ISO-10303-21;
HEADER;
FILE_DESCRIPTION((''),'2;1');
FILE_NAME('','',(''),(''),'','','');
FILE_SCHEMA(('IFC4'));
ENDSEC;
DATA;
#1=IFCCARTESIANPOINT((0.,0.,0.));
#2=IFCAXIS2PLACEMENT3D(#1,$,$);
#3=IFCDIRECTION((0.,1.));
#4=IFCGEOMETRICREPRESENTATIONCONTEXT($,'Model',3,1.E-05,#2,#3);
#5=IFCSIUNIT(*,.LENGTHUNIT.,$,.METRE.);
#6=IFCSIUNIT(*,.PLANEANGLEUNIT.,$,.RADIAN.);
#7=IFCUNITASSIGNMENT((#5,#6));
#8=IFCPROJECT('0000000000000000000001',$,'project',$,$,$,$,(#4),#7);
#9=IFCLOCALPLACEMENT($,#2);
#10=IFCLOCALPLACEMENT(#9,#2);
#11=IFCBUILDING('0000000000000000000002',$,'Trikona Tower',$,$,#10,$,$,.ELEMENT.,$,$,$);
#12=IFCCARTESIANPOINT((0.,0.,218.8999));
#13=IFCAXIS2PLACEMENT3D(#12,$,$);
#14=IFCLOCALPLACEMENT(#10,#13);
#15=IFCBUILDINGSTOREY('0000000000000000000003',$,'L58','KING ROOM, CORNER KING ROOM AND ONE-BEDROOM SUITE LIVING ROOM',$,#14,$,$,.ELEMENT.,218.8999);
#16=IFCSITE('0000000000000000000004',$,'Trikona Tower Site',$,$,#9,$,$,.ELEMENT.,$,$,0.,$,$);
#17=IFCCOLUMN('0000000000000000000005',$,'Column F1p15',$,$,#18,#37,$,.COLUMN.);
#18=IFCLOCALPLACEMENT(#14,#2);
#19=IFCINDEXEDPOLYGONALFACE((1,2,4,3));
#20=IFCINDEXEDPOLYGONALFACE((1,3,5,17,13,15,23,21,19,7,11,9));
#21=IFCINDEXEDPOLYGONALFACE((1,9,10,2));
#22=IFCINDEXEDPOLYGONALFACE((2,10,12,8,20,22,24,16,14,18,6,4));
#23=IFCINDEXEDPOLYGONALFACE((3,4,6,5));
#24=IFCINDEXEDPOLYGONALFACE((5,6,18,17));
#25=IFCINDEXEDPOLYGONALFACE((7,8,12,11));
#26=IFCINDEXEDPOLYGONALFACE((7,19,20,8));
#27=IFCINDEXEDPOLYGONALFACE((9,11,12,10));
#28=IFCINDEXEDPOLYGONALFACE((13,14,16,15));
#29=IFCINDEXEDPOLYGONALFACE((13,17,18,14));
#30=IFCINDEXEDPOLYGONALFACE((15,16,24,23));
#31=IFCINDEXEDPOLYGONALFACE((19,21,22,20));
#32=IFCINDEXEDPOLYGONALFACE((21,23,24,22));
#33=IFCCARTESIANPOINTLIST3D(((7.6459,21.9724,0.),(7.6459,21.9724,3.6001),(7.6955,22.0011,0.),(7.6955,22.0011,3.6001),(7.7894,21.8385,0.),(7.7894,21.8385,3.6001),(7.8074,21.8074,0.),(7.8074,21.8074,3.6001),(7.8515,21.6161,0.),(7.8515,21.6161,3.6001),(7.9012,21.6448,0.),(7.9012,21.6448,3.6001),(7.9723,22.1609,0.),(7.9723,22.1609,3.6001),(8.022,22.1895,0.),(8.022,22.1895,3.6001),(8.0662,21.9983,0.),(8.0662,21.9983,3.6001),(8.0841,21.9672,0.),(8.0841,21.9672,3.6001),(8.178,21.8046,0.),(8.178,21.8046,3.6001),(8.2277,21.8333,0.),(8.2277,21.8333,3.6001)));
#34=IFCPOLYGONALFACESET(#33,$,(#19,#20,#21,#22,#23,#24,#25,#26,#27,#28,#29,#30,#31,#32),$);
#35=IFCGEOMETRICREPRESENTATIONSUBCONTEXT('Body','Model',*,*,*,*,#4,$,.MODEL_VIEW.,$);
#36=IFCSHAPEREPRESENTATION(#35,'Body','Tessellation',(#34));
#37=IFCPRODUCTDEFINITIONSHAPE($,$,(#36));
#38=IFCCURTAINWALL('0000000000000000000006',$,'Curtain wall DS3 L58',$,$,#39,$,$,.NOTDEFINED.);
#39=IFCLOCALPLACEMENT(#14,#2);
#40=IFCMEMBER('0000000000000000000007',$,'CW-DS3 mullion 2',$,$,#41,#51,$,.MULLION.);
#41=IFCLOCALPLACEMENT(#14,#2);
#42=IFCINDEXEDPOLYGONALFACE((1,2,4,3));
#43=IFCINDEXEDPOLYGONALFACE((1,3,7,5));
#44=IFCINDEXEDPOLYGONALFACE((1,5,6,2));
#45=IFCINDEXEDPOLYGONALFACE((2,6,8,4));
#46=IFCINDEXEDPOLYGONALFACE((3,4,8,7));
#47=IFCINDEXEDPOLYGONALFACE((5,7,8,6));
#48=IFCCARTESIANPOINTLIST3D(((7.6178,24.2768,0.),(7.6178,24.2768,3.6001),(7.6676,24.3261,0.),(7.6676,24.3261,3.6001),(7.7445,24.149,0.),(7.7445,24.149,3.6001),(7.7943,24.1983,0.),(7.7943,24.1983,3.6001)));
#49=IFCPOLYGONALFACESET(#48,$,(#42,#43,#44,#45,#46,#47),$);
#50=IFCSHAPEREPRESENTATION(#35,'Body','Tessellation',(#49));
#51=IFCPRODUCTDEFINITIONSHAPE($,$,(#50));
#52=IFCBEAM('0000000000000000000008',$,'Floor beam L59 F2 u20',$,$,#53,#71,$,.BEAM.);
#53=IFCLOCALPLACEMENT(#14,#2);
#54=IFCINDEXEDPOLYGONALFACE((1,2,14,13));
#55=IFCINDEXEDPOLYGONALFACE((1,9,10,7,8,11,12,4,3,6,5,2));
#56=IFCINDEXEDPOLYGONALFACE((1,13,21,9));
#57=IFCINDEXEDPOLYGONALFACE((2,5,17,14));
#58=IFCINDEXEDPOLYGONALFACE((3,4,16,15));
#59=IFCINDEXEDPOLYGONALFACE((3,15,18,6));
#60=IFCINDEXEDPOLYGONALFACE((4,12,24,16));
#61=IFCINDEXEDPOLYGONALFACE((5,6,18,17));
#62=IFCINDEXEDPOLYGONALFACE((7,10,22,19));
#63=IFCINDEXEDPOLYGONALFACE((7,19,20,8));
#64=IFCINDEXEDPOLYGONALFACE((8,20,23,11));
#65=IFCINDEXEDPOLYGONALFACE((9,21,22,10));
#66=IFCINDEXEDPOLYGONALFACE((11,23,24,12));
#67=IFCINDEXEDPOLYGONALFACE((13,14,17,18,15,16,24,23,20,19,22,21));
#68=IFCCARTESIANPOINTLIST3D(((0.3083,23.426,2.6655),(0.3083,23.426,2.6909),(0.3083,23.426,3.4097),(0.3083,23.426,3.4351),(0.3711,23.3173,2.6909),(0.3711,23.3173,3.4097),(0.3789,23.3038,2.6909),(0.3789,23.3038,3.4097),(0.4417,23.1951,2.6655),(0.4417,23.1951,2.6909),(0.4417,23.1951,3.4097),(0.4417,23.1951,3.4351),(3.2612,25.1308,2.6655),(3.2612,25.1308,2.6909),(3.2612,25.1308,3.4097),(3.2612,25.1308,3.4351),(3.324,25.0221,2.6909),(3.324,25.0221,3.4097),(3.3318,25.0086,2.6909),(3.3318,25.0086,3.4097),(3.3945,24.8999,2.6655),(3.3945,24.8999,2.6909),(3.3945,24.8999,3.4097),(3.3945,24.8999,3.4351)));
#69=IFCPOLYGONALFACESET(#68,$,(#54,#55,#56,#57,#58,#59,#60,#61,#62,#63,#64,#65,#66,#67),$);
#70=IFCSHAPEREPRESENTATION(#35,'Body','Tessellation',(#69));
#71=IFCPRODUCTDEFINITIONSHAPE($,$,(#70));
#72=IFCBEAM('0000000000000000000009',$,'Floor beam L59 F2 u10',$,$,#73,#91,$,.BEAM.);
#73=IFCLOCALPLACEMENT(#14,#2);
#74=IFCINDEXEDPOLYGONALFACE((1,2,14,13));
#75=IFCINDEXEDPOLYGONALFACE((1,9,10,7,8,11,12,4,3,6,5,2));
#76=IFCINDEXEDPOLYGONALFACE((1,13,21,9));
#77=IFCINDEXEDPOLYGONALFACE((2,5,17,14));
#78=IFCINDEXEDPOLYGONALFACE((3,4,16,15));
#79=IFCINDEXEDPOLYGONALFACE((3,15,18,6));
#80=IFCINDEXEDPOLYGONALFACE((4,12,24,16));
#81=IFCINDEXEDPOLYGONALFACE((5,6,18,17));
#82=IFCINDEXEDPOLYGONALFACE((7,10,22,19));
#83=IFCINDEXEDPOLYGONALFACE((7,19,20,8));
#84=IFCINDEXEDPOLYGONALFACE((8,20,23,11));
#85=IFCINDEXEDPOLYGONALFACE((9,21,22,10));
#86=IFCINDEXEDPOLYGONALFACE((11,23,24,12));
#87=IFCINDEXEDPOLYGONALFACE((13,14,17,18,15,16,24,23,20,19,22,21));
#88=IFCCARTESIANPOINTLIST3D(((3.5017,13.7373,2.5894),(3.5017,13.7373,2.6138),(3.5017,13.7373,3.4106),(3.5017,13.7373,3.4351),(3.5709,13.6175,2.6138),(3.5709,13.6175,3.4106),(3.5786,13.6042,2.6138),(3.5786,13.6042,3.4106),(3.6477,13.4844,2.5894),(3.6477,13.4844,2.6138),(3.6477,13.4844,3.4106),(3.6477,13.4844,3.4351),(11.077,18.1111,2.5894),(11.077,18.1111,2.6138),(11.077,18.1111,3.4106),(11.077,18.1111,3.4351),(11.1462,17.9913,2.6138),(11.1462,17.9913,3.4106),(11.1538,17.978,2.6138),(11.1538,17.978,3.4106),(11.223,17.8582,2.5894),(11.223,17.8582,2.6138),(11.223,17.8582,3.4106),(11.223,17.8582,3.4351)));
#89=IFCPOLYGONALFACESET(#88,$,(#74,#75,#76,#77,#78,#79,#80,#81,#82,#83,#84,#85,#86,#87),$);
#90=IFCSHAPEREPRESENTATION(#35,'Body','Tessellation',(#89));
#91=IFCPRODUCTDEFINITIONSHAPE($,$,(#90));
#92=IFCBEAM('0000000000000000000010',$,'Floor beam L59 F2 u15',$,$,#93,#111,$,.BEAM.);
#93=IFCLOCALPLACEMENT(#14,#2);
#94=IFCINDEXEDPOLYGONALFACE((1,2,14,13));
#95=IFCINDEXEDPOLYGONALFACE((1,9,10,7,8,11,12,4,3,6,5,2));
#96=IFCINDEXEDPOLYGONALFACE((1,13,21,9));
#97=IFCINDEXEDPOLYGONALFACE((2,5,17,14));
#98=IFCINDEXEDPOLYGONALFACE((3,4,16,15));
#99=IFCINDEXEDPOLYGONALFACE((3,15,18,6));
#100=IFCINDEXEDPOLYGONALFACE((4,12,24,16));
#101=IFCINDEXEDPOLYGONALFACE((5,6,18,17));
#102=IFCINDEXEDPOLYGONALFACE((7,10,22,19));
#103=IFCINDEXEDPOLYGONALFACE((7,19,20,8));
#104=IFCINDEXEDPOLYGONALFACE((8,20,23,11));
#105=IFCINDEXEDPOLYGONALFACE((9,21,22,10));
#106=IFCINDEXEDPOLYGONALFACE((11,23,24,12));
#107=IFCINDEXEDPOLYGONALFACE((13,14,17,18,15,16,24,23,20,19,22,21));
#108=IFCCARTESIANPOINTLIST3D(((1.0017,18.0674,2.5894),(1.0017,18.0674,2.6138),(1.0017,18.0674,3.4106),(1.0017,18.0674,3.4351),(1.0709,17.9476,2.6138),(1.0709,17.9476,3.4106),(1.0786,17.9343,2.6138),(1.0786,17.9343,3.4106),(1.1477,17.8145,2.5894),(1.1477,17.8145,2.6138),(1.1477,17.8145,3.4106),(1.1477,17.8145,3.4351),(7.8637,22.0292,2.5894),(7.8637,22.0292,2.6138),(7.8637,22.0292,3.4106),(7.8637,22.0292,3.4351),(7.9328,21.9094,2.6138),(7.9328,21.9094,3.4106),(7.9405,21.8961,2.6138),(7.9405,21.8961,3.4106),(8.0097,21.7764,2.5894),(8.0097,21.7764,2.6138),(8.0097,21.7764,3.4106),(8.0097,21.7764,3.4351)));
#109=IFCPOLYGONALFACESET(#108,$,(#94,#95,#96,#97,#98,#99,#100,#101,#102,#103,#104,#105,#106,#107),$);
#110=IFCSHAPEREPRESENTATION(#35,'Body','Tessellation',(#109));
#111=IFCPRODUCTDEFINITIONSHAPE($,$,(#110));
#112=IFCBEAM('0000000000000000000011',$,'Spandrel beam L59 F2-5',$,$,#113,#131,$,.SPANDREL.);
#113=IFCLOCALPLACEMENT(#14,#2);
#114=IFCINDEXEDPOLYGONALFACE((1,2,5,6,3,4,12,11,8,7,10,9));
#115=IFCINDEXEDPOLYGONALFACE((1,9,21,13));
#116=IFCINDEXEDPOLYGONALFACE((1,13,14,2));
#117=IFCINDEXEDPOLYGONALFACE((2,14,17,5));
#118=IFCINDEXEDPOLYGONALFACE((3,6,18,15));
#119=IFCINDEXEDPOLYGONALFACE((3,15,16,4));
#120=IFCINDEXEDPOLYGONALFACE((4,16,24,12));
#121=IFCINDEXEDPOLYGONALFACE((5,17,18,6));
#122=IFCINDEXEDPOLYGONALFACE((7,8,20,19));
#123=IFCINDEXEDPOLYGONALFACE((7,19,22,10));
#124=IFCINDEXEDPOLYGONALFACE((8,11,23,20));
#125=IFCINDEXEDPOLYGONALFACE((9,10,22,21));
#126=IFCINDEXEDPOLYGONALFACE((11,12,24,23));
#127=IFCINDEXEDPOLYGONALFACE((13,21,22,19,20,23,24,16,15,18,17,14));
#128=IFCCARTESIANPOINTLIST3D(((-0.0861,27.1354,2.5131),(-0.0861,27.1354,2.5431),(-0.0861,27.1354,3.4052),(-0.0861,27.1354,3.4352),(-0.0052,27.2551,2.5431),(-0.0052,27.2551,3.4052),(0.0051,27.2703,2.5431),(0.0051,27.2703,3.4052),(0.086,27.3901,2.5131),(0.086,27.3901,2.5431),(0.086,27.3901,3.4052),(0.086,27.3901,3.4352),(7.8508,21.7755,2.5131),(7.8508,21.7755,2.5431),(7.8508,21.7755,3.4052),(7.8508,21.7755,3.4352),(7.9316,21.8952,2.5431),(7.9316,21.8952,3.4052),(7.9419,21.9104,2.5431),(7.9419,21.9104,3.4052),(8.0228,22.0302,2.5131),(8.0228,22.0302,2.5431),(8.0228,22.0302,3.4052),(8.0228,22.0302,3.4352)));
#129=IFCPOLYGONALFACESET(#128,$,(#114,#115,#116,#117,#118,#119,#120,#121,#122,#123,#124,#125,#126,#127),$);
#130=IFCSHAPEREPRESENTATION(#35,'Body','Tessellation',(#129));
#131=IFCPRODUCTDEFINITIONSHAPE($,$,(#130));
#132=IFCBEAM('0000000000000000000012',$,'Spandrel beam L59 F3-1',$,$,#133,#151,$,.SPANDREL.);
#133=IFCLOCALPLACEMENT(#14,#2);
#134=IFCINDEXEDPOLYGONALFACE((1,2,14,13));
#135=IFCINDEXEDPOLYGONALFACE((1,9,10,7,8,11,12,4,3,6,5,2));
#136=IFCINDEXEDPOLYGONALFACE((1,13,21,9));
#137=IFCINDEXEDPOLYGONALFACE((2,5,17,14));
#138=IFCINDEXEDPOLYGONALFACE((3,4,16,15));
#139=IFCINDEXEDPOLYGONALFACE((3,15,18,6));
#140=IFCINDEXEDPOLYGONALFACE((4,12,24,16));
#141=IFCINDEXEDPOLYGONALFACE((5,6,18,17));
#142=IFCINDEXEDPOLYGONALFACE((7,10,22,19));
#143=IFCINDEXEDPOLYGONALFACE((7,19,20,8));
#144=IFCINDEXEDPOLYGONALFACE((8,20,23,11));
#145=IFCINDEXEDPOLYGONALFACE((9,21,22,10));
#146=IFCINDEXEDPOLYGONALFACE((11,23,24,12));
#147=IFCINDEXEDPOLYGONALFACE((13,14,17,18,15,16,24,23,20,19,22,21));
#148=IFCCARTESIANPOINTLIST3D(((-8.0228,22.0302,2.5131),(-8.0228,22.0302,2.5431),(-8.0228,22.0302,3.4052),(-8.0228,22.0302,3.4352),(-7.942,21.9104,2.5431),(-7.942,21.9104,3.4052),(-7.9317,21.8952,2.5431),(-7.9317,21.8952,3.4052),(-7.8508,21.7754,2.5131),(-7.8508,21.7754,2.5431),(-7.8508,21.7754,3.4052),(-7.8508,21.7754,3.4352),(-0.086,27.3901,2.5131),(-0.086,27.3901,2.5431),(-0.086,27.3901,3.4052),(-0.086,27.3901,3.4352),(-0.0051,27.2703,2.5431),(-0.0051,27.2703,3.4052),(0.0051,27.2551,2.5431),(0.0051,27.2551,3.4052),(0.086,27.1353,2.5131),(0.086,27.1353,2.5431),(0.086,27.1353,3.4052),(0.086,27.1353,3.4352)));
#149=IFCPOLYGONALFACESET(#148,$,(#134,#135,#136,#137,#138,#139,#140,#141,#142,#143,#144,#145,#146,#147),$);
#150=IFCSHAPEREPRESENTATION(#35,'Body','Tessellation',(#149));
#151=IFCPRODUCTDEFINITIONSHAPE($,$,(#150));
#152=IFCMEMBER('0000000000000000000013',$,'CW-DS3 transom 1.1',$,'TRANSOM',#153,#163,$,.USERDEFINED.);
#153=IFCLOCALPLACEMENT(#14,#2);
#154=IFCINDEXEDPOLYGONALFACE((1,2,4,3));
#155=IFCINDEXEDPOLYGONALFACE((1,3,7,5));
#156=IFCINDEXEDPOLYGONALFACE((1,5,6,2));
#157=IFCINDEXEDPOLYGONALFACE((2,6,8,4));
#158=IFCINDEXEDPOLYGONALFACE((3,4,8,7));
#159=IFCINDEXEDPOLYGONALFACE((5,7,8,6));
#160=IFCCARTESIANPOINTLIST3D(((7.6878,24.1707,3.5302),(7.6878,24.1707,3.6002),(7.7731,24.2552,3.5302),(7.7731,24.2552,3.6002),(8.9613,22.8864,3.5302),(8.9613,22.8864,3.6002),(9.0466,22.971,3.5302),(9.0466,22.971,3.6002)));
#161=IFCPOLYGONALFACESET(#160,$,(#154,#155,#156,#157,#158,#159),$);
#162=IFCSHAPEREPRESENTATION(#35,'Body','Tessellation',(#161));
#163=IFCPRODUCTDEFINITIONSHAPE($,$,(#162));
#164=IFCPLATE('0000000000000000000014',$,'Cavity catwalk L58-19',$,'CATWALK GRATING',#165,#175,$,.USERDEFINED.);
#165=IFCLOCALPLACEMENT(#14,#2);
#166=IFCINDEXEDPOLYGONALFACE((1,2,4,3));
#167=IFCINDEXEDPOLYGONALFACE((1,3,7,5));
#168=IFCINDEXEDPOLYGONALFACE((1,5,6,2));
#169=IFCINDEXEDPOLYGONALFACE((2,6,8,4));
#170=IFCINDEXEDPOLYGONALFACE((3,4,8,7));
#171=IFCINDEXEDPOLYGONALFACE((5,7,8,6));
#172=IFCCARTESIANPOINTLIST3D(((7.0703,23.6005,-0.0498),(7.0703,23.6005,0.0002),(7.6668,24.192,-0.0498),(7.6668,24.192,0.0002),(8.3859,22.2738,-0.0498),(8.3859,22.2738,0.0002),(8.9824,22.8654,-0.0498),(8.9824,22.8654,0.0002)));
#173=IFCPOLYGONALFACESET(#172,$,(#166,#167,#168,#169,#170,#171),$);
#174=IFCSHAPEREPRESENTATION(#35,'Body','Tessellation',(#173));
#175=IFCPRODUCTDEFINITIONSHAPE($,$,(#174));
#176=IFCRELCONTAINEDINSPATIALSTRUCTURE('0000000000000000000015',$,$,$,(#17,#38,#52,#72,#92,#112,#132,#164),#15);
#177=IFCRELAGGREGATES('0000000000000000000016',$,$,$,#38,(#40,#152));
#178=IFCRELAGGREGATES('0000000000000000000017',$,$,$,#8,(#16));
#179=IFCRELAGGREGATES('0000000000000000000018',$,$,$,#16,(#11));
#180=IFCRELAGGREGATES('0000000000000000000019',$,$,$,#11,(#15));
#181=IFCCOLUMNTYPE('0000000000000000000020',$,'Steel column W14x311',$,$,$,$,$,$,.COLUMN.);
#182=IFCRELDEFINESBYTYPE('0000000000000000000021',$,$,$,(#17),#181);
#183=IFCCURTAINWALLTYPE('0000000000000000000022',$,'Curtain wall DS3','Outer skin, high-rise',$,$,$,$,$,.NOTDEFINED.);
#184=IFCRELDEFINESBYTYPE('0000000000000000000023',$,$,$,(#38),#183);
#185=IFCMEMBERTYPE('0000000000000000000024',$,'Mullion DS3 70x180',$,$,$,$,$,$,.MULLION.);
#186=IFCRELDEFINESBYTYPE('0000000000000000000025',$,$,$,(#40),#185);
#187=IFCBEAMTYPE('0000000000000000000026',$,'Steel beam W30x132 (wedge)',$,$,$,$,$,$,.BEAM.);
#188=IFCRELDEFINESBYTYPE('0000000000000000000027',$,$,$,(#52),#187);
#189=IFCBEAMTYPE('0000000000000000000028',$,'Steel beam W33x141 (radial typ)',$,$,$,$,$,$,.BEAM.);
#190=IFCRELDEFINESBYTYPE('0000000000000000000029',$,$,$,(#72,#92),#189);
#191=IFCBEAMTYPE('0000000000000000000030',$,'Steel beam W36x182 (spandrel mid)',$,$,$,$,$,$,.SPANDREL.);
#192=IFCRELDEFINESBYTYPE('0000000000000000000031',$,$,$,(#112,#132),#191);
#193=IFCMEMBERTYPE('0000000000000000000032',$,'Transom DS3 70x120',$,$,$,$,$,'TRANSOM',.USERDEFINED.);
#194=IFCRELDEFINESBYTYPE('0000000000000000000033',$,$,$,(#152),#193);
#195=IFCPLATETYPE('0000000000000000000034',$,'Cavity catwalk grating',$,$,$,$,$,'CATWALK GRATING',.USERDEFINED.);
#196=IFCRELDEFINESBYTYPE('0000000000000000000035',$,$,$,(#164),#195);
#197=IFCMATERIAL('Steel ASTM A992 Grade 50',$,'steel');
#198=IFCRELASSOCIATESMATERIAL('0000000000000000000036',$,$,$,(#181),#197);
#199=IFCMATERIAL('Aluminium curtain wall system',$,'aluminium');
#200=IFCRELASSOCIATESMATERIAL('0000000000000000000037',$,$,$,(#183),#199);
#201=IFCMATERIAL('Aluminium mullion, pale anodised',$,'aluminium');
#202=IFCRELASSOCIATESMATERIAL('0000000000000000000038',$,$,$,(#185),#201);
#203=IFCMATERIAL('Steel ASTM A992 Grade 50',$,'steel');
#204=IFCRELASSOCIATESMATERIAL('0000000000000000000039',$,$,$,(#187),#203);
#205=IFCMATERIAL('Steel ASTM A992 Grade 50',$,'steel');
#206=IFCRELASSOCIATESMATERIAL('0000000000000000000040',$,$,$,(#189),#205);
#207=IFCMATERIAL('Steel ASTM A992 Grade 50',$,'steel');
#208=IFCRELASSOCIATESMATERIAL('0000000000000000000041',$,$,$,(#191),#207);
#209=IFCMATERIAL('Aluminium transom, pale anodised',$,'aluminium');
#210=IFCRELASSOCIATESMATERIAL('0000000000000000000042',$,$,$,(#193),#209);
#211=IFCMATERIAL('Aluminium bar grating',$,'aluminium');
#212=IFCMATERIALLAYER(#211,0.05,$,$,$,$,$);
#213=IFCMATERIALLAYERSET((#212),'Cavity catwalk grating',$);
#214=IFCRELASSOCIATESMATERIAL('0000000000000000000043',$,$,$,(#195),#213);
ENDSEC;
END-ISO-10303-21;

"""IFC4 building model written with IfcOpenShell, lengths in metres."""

from ifc_helpers import new_model, si_unit, direction, frame, origin, origin_2d, place, context, subcontext, project, spatial, rectangle, i_section, extrude, material, layer, layer_set, material_profile, profile_set, type_object, element, aggregate, save


model = new_model("IFC4")

# Units and contexts
model_context = context("Model", 3, precision=1e-05, world=origin(), true_north=direction((0.0, 1.0)))
body_context = subcontext(model_context, "Body", "Model", "MODEL_VIEW")
ifc_project = project(units=[si_unit("LENGTHUNIT", "METRE"), si_unit("PLANEANGLEUNIT", "RADIAN")], contexts=[model_context])

# Site, building, storey
site_placement = place(None, origin())
site = spatial("IfcSite", under=ifc_project, at=site_placement, Name="Trikona Tower Site", CompositionType="ELEMENT", RefElevation=0.0)
building_placement = place(site_placement, origin())
building = spatial("IfcBuilding", under=site, at=building_placement, Name="Trikona Tower", CompositionType="ELEMENT")
storey_placement = place(building_placement, frame((0.0, 0.0, 218.8999)))
storey = spatial("IfcBuildingStorey", under=building, at=storey_placement, Name="L58", Description="KING ROOM, CORNER KING ROOM AND ONE-BEDROOM SUITE LIVING ROOM", CompositionType="ELEMENT", Elevation=218.8999)

# Column
ifc_material_1 = material(Name="Steel ASTM A992 Grade 50", Category="steel")
ifc_material_profile_1 = material_profile(ifc_material_1, i_section(OverallWidth=0.4114, OverallDepth=0.4343, WebThickness=0.0359, FlangeThickness=0.0574, at=origin_2d()), Name="W14X311")
ifc_profile_set_1 = profile_set([ifc_material_profile_1], Name="Steel ASTM A992 Grade 50")
column_type = type_object("IfcColumnType", Name="Steel column W14x311", PredefinedType="COLUMN", material=ifc_profile_set_1)
column_placement = place(storey_placement, frame((7.9368, 21.9028, 0.0), z_axis=(0.0, 0.0, 1.0), x_axis=(-0.5, 0.866025, 0.0)))
element("IfcColumn", 1, at=column_placement, inside=storey, type_object=column_type, Name="Column F1p15", PredefinedType="COLUMN", context=body_context, shape_type="SweptSolid", body=[
    extrude(i_section(OverallWidth=0.4114, OverallDepth=0.4343, WebThickness=0.0359, FlangeThickness=0.0574, at=origin_2d()), origin(), (0.0, 0.0, 1.0), 3.6001),
])

# Curtain wall, member
ifc_material_2 = material(Name="Aluminium curtain wall system", Category="aluminium")
curtain_wall_type = type_object("IfcCurtainWallType", Name="Curtain wall DS3", Description="Outer skin, high-rise", PredefinedType="NOTDEFINED", material=ifc_material_2)
curtain_wall_placement = place(storey_placement, origin())
curtain_wall = element("IfcCurtainWall", 2, at=curtain_wall_placement, inside=storey, type_object=curtain_wall_type, Name="Curtain wall DS3 L58", PredefinedType="NOTDEFINED")
ifc_material_3 = material(Name="Aluminium mullion, pale anodised", Category="aluminium")
ifc_material_profile_2 = material_profile(ifc_material_3, rectangle(XDim=0.0701, YDim=0.1799, at=origin_2d()), Name="MUL-DS3")
ifc_profile_set_2 = profile_set([ifc_material_profile_2], Name="Aluminium mullion, pale anodised")
member_type_1 = type_object("IfcMemberType", Name="Mullion DS3 70x180", PredefinedType="MULLION", material=ifc_profile_set_2)
member_1_placement = place(storey_placement, frame((7.7061, 24.2375, 0.0), z_axis=(0.0, 0.0, 1.0), x_axis=(-0.710052, -0.704149, 0.0)))
member_1 = element("IfcMember", 3, at=member_1_placement, type_object=member_type_1, Name="CW-DS3 mullion 2", PredefinedType="MULLION", context=body_context, shape_type="SweptSolid", body=[
    extrude(rectangle(XDim=0.0701, YDim=0.1799, at=origin_2d()), origin(), (0.0, 0.0, 1.0), 3.6001),
])

# Beams
ifc_material_4 = material(Name="Steel ASTM A992 Grade 50", Category="steel")
ifc_material_profile_3 = material_profile(ifc_material_4, i_section(OverallWidth=0.2666, OverallDepth=0.7695, WebThickness=0.0156, FlangeThickness=0.0254, at=origin_2d()), Name="W30X132")
ifc_profile_set_3 = profile_set([ifc_material_profile_3], Name="Steel ASTM A992 Grade 50")
beam_type_1 = type_object("IfcBeamType", Name="Steel beam W30x132 (wedge)", PredefinedType="BEAM", material=ifc_profile_set_3)
beam_1_placement = place(storey_placement, frame((0.375, 23.3105, 3.0503), z_axis=(0.866027, 0.499997, 0.0), x_axis=(-0.499997, 0.866027, 0.0)))
element("IfcBeam", 4, at=beam_1_placement, inside=storey, type_object=beam_type_1, Name="Floor beam L59 F2 u20", PredefinedType="BEAM", context=body_context, shape_type="SweptSolid", body=[
    extrude(i_section(OverallWidth=0.2666, OverallDepth=0.7695, WebThickness=0.0156, FlangeThickness=0.0254, at=origin_2d()), origin(), (0.0, 0.0, 1.0), 3.4097),
])
ifc_material_5 = material(Name="Steel ASTM A992 Grade 50", Category="steel")
ifc_material_profile_4 = material_profile(ifc_material_5, i_section(OverallWidth=0.292, OverallDepth=0.8457, WebThickness=0.0154, FlangeThickness=0.0244, at=origin_2d()), Name="W33X141")
ifc_profile_set_4 = profile_set([ifc_material_profile_4], Name="Steel ASTM A992 Grade 50")
beam_type_2 = type_object("IfcBeamType", Name="Steel beam W33x141 (radial typ)", PredefinedType="BEAM", material=ifc_profile_set_4)
beam_2_placement = place(storey_placement, frame((3.5747, 13.6108, 3.0122), z_axis=(0.866014, 0.50002, 0.0), x_axis=(-0.50002, 0.866014, 0.0)))
element("IfcBeam", 5, at=beam_2_placement, inside=storey, type_object=beam_type_2, Name="Floor beam L59 F2 u10", PredefinedType="BEAM", context=body_context, shape_type="SweptSolid", body=[
    extrude(i_section(OverallWidth=0.292, OverallDepth=0.8457, WebThickness=0.0154, FlangeThickness=0.0244, at=origin_2d()), origin(), (0.0, 0.0, 1.0), 8.7473),
])
beam_3_placement = place(storey_placement, frame((1.0747, 17.9409, 3.0122), z_axis=(0.86602, 0.50001, 0.0), x_axis=(-0.50001, 0.86602, 0.0)))
element("IfcBeam", 6, at=beam_3_placement, inside=storey, type_object=beam_type_2, Name="Floor beam L59 F2 u15", PredefinedType="BEAM", context=body_context, shape_type="SweptSolid", body=[
    extrude(i_section(OverallWidth=0.292, OverallDepth=0.8457, WebThickness=0.0154, FlangeThickness=0.0244, at=origin_2d()), origin(), (0.0, 0.0, 1.0), 7.9236),
])
ifc_material_6 = material(Name="Steel ASTM A992 Grade 50", Category="steel")
ifc_material_profile_5 = material_profile(ifc_material_6, i_section(OverallWidth=0.3074, OverallDepth=0.9221, WebThickness=0.0183, FlangeThickness=0.03, at=origin_2d()), Name="W36X182")
ifc_profile_set_5 = profile_set([ifc_material_profile_5], Name="Steel ASTM A992 Grade 50")
beam_type_3 = type_object("IfcBeamType", Name="Steel beam W36x182 (spandrel mid)", PredefinedType="SPANDREL", material=ifc_profile_set_5)
for number, where, z_axis, x_axis, name in (
    (7, (7.9368, 21.9028, 2.9741), (-0.828725, 0.559655, 0.0), (-0.559655, -0.828725, 0.0), "Spandrel beam L59 F2-5"),
    (8, (0.0, 27.2627, 2.9741), (-0.828725, -0.559655, 0.0), (0.559655, -0.828725, 0.0), "Spandrel beam L59 F3-1"),
):
    element("IfcBeam", number, at=place(storey_placement, frame(where, z_axis=z_axis, x_axis=x_axis)), inside=storey, type_object=beam_type_3, Name=name, PredefinedType="SPANDREL", context=body_context, shape_type="SweptSolid", body=[
        extrude(i_section(OverallWidth=0.3074, OverallDepth=0.9221, WebThickness=0.0183, FlangeThickness=0.03, at=origin_2d()), origin(), (0.0, 0.0, 1.0), 9.5771),
    ])

# Member
ifc_material_7 = material(Name="Aluminium transom, pale anodised", Category="aluminium")
ifc_material_profile_6 = material_profile(ifc_material_7, rectangle(XDim=0.1201, YDim=0.0701, at=origin_2d()), Name="TRN-DS3")
ifc_profile_set_6 = profile_set([ifc_material_profile_6], Name="Aluminium transom, pale anodised")
member_type_2 = type_object("IfcMemberType", Name="Transom DS3 70x120", ElementType="TRANSOM", PredefinedType="USERDEFINED", material=ifc_profile_set_6)
member_2_placement = place(storey_placement, frame((9.0039, 22.9287, 3.5652), z_axis=(-0.704131, 0.71007, 0.0), x_axis=(-0.71007, -0.704131, 0.0)))
member_2 = element("IfcMember", 9, at=member_2_placement, type_object=member_type_2, Name="CW-DS3 transom 1.1", ObjectType="TRANSOM", PredefinedType="USERDEFINED", context=body_context, shape_type="SweptSolid", body=[
    extrude(rectangle(XDim=0.1201, YDim=0.0701, at=origin_2d()), origin(), (0.0, 0.0, 1.0), 1.8086),
])

# Plate
ifc_material_8 = material(Name="Aluminium bar grating", Category="aluminium")
ifc_layer_1 = layer(ifc_material_8, 0.05)
ifc_layer_set_1 = layer_set([ifc_layer_1], Name="Cavity catwalk grating")
plate_type_1 = type_object("IfcPlateType", Name="Cavity catwalk grating", ElementType="CATWALK GRATING", PredefinedType="USERDEFINED", material=ifc_layer_set_1)
plate_1_placement = place(storey_placement, frame((8.0264, 23.2329, -0.0498), z_axis=(0.0, 0.0, 1.0), x_axis=(-0.704151, 0.71005, 0.0)))
element("IfcPlate", 10, at=plate_1_placement, inside=storey, type_object=plate_type_1, Name="Cavity catwalk L58-19", ObjectType="CATWALK GRATING", PredefinedType="USERDEFINED", context=body_context, shape_type="SweptSolid", body=[
    extrude(rectangle(XDim=1.8684, YDim=0.8401, at=origin_2d()), origin(), (0.0, 0.0, 1.0), 0.05),
])
aggregate(curtain_wall, [member_1, member_2])

save(model, "model.ifc")
